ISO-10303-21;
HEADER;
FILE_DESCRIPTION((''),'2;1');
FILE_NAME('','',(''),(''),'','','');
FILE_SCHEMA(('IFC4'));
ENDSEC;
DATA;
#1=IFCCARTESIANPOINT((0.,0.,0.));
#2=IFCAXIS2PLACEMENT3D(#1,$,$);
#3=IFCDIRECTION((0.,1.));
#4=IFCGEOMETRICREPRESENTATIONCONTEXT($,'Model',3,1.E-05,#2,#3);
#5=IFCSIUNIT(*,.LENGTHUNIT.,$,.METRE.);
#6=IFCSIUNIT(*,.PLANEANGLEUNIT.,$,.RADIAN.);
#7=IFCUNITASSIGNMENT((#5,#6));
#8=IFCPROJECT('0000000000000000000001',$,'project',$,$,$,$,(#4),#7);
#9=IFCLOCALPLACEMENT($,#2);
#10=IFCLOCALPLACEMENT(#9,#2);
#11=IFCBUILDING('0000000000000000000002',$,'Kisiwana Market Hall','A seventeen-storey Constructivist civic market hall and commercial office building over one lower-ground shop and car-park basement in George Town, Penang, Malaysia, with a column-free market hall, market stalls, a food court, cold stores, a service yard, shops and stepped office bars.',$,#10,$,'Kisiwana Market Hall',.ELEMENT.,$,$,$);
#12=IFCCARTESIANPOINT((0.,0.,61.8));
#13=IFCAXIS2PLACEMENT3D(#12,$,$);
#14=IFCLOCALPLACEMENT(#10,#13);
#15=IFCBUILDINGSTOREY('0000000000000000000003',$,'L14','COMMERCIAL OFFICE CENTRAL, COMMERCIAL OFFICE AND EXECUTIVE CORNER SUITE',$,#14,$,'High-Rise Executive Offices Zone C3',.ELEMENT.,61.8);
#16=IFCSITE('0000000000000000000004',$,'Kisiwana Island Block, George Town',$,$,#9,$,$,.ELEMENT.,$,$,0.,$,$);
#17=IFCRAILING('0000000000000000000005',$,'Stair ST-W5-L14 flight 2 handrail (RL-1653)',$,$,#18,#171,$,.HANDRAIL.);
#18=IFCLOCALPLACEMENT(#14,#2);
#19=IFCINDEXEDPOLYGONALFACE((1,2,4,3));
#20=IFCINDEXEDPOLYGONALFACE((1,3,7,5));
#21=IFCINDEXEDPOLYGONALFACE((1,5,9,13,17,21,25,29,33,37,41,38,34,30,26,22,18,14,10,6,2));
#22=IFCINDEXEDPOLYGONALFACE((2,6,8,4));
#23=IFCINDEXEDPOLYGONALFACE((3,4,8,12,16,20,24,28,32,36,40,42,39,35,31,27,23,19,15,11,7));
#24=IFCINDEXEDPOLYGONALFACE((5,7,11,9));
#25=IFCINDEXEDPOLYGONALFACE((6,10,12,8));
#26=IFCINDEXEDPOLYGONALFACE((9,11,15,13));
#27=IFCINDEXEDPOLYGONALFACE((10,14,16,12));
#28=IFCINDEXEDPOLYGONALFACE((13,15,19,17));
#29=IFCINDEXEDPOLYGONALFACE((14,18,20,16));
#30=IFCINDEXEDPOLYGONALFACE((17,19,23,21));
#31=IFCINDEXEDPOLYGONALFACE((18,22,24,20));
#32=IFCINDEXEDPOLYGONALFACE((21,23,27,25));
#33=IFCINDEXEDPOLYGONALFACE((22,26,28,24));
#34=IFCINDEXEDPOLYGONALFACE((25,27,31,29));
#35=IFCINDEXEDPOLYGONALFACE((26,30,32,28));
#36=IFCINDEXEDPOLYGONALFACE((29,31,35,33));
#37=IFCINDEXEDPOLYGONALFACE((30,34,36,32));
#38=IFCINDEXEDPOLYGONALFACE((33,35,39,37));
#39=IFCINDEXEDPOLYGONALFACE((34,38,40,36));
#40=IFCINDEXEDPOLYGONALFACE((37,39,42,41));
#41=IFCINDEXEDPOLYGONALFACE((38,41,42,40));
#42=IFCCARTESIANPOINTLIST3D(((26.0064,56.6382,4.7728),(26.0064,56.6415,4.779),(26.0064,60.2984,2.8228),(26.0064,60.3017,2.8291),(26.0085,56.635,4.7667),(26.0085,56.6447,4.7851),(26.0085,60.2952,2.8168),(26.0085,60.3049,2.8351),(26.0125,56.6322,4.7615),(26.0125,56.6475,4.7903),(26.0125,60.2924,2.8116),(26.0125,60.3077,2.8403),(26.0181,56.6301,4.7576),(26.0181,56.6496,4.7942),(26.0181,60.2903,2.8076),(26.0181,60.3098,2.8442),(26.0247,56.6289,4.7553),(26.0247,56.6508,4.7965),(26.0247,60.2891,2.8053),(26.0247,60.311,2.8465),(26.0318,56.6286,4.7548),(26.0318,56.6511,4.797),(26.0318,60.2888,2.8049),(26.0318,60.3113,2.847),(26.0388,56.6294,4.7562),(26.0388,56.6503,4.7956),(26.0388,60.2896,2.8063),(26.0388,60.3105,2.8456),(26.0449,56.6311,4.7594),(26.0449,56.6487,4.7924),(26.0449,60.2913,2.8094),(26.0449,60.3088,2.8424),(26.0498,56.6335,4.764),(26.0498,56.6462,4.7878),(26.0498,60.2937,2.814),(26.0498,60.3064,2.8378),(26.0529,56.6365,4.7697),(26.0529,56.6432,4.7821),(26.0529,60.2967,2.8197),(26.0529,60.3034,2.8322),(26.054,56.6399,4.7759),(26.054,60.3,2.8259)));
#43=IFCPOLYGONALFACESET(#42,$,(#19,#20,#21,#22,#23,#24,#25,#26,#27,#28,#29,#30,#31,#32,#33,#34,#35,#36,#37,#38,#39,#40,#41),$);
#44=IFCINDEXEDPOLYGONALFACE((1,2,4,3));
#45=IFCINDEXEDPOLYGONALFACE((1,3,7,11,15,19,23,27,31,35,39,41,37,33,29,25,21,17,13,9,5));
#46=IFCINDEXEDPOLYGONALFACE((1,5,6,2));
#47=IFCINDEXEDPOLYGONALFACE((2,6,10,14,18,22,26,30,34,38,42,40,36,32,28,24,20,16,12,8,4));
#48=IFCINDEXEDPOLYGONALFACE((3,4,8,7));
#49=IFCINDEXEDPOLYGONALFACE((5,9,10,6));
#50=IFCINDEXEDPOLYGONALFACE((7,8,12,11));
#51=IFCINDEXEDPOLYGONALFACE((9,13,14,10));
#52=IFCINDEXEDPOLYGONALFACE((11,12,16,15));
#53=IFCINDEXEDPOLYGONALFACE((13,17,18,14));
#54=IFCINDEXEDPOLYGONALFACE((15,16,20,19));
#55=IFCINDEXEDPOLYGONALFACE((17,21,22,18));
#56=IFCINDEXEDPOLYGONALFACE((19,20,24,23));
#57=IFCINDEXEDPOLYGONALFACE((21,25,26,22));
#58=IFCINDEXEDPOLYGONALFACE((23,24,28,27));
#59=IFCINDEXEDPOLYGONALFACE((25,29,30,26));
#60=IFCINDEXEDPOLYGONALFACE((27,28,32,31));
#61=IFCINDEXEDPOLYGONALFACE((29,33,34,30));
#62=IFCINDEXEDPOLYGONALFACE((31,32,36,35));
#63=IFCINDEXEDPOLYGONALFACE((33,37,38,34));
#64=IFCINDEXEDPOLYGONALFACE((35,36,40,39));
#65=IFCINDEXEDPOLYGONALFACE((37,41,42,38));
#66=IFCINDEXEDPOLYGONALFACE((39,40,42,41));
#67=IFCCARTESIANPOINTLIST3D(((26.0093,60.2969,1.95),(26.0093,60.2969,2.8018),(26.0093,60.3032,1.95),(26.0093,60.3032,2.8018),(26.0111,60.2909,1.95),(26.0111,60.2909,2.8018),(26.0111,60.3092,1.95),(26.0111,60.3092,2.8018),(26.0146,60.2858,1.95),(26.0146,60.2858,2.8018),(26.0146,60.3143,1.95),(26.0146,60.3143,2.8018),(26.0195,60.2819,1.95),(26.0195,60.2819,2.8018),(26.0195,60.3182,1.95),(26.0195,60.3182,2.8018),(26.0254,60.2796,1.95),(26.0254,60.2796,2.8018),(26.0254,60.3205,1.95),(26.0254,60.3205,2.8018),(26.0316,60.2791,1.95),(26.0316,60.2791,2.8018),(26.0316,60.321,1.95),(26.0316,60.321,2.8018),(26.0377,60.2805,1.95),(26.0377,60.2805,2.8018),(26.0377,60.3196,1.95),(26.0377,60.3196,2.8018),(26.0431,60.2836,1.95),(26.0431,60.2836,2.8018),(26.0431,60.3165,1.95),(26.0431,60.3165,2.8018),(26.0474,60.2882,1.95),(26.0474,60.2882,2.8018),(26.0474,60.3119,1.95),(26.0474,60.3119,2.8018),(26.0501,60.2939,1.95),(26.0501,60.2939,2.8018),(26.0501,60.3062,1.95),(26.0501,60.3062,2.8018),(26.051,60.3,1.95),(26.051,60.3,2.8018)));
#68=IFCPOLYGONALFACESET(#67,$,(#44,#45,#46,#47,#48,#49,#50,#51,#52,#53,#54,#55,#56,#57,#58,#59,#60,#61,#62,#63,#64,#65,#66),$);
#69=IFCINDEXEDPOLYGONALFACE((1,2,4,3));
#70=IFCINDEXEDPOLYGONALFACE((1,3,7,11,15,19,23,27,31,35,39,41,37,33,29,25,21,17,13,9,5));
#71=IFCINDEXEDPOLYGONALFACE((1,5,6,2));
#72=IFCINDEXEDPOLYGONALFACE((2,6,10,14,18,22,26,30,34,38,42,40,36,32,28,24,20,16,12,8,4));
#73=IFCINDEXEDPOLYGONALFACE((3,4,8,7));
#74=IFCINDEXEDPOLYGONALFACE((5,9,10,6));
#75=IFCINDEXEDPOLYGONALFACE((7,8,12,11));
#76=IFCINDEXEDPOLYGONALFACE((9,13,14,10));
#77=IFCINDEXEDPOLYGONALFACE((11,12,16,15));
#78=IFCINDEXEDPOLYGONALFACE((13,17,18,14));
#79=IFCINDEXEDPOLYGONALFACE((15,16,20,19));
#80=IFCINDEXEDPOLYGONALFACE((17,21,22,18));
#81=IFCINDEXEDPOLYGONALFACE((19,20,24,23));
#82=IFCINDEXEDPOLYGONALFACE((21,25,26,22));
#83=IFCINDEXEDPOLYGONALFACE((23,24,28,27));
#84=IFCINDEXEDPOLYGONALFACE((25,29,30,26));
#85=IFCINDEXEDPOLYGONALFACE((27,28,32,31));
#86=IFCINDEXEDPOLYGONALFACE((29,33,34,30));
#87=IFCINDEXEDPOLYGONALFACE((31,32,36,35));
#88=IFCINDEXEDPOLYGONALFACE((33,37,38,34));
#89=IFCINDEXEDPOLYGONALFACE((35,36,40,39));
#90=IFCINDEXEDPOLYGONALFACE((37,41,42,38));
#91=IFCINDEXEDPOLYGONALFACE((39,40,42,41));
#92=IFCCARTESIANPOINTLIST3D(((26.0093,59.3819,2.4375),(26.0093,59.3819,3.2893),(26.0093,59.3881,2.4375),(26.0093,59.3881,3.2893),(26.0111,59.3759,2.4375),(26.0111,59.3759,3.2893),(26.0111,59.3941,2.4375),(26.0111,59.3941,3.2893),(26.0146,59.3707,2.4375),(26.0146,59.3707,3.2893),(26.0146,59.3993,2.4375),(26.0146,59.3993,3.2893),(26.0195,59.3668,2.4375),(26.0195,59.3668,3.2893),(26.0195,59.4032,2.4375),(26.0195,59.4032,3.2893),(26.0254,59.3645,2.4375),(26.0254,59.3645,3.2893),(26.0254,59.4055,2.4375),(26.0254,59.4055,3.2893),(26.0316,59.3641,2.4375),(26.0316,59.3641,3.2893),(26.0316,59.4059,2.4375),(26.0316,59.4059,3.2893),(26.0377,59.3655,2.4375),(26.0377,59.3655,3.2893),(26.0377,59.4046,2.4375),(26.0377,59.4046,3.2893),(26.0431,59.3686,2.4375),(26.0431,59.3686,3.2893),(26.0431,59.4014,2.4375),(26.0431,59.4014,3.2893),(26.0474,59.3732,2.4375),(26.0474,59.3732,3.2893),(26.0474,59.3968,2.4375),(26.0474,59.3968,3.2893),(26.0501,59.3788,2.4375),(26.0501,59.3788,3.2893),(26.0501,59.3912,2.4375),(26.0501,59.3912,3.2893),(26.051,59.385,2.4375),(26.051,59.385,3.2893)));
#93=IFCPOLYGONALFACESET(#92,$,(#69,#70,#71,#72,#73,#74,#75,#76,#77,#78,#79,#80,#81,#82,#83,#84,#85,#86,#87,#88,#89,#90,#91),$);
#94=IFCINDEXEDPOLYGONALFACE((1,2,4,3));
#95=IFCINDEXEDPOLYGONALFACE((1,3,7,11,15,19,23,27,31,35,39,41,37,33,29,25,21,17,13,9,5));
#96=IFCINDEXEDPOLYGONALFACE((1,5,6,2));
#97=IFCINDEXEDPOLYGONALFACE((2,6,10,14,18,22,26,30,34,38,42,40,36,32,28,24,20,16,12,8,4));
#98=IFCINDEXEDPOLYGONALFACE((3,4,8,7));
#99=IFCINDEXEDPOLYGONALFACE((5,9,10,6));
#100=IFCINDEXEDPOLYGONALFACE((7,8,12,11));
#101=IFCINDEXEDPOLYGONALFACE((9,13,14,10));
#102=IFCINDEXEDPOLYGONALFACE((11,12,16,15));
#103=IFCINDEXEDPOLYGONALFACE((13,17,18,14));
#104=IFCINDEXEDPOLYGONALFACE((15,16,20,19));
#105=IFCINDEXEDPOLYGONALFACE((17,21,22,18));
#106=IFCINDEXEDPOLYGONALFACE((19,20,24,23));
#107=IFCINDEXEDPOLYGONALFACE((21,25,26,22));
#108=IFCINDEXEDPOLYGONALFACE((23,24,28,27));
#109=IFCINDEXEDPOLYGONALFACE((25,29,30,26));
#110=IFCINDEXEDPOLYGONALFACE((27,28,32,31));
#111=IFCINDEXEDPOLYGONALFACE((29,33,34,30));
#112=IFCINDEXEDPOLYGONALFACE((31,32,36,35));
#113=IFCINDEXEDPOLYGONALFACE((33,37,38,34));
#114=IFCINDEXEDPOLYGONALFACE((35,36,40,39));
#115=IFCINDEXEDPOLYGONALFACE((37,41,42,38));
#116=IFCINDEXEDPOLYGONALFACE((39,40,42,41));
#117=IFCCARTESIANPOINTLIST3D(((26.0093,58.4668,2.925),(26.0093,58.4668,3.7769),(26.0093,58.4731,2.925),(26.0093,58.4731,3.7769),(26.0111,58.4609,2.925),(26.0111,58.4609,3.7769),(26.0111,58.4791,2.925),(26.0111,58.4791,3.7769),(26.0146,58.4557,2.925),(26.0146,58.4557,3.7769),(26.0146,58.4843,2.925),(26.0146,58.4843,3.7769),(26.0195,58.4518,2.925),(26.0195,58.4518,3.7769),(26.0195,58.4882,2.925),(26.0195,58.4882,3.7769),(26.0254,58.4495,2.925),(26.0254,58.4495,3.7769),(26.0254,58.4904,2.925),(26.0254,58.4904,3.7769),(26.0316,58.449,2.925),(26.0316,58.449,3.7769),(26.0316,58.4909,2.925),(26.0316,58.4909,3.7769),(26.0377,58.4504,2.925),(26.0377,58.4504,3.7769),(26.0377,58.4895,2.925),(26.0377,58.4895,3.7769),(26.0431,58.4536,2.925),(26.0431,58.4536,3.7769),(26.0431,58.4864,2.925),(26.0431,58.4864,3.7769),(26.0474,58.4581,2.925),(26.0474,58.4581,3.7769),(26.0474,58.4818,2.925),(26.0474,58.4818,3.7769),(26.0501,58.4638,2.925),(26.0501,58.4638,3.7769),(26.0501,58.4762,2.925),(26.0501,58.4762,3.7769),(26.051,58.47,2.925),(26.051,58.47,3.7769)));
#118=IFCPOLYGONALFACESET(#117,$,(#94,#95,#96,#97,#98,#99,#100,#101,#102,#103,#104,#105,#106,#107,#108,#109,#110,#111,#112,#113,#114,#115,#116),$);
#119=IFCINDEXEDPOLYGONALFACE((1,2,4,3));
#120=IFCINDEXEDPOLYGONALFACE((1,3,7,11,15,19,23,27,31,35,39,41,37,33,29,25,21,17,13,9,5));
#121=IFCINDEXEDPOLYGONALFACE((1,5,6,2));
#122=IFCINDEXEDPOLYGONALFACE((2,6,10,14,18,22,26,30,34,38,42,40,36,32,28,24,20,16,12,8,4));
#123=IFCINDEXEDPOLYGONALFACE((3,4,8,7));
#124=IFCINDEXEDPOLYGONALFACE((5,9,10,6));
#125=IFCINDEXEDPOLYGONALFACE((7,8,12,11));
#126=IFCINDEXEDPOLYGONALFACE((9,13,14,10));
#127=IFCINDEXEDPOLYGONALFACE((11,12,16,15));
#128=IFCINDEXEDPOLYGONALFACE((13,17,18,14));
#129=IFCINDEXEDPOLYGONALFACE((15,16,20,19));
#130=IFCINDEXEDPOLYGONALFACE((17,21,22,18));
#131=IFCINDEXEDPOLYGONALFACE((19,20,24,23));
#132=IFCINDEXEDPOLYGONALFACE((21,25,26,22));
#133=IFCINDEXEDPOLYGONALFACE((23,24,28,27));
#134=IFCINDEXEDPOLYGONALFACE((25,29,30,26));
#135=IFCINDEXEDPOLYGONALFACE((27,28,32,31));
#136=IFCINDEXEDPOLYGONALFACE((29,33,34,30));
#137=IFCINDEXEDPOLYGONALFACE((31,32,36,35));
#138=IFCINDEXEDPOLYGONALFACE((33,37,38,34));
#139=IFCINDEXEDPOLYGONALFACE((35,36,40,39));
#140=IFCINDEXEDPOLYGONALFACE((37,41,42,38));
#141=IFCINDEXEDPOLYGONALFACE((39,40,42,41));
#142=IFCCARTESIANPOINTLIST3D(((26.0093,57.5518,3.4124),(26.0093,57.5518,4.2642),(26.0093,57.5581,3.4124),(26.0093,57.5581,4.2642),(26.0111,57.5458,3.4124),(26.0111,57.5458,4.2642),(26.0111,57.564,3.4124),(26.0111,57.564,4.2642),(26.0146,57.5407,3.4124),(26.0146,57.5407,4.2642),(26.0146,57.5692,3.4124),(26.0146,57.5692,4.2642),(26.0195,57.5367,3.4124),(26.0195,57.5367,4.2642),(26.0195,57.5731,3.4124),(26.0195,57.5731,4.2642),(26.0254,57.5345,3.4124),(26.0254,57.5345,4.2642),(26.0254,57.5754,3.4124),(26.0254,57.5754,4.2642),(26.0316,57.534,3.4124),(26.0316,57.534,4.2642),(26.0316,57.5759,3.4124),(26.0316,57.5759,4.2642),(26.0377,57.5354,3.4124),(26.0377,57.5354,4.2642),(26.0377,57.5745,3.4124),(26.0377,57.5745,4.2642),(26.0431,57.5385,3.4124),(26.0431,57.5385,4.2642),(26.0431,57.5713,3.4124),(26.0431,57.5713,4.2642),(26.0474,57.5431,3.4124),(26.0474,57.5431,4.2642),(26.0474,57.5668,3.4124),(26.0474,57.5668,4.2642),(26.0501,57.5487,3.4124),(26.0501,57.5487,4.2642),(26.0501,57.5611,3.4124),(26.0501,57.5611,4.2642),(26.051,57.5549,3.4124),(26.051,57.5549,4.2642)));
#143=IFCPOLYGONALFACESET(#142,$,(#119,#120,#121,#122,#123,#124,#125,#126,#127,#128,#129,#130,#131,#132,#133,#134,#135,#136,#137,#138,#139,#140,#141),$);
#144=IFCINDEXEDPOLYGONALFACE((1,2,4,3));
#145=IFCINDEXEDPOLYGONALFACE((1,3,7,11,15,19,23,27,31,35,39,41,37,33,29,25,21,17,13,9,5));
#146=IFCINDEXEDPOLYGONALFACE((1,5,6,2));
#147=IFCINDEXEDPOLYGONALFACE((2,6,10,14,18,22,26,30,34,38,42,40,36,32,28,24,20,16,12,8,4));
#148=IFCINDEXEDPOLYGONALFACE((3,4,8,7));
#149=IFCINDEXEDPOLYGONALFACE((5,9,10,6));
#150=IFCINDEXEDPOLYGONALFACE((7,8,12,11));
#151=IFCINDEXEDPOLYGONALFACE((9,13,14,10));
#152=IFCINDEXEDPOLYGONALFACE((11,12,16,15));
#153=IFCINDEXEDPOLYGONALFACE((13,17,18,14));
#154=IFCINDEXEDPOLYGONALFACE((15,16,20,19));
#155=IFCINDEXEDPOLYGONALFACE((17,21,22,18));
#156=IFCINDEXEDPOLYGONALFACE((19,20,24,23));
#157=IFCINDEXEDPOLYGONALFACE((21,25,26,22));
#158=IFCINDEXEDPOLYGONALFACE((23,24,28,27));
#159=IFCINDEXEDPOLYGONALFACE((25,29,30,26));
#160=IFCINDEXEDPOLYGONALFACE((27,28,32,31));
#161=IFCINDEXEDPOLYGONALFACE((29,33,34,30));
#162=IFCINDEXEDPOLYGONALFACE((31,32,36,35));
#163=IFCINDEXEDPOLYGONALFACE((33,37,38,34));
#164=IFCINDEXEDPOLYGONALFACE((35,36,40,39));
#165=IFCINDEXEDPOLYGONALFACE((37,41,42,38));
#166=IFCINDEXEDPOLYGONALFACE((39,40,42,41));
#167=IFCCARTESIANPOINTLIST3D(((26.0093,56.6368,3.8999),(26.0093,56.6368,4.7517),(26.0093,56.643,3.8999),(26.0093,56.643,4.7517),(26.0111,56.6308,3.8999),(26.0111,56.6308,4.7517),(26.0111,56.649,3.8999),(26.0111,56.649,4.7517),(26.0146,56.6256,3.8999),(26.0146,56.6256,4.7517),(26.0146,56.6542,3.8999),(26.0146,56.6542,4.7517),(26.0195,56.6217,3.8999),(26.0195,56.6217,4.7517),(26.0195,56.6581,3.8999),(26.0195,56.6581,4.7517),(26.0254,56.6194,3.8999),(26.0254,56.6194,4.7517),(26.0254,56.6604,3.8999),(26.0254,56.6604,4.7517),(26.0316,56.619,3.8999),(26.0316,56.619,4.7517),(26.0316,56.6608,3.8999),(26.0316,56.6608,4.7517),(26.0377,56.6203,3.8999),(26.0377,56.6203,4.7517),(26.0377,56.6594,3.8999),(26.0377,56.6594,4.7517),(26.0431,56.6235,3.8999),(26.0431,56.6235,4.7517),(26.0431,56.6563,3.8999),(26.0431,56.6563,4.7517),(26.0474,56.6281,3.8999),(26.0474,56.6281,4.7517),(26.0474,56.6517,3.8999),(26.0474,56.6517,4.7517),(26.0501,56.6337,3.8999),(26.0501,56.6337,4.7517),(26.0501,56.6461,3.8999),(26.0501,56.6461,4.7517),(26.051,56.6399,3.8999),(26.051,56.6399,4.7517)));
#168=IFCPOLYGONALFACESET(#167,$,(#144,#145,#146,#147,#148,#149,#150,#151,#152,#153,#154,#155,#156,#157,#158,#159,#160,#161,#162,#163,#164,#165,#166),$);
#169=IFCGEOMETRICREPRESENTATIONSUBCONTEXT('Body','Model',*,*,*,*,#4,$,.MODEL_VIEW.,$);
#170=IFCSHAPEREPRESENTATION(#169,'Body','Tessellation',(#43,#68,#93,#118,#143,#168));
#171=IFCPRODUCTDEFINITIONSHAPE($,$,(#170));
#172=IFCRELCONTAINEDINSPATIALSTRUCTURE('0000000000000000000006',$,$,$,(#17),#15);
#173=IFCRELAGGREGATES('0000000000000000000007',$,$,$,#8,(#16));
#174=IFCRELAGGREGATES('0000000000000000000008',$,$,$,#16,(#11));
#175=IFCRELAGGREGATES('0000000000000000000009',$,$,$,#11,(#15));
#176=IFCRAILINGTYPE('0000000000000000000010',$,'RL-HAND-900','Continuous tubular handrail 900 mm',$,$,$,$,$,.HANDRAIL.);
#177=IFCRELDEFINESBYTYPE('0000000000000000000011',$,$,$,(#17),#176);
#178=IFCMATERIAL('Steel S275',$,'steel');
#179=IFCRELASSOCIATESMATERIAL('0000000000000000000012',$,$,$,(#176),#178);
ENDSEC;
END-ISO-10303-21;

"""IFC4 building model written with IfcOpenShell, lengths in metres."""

from ifc_helpers import new_model, si_unit, direction, frame, origin, origin_2d, place, context, subcontext, project, spatial, circle, extrude, material, type_object, element, save


model = new_model("IFC4")

# Units and contexts
model_context = context("Model", 3, precision=1e-05, world=origin(), true_north=direction((0.0, 1.0)))
body_context = subcontext(model_context, "Body", "Model", "MODEL_VIEW")
ifc_project = project(units=[si_unit("LENGTHUNIT", "METRE"), si_unit("PLANEANGLEUNIT", "RADIAN")], contexts=[model_context])

# Site, building, storey
site_placement = place(None, origin())
site = spatial("IfcSite", under=ifc_project, at=site_placement, Name="Kisiwana Island Block, George Town", CompositionType="ELEMENT", RefElevation=0.0)
building_placement = place(site_placement, origin())
building = spatial("IfcBuilding", under=site, at=building_placement, Name="Kisiwana Market Hall", Description="A seventeen-storey Constructivist civic market hall and commercial office building over one lower-ground shop and car-park basement in George Town, Penang, Malaysia, with a column-free market hall, market stalls, a food court, cold stores, a service yard, shops and stepped office bars.", LongName="Kisiwana Market Hall", CompositionType="ELEMENT")
storey_placement = place(building_placement, frame((0.0, 0.0, 61.8)))
storey = spatial("IfcBuildingStorey", under=building, at=storey_placement, Name="L14", Description="COMMERCIAL OFFICE CENTRAL, COMMERCIAL OFFICE AND EXECUTIVE CORNER SUITE", LongName="High-Rise Executive Offices Zone C3", CompositionType="ELEMENT", Elevation=61.8)

# Railing
ifc_material_1 = material(Name="Steel S275", Category="steel")
railing_type_1 = type_object("IfcRailingType", Name="RL-HAND-900", Description="Continuous tubular handrail 900 mm", PredefinedType="HANDRAIL", material=ifc_material_1)
railing_1_placement = place(storey_placement, frame((26.03, 60.3, 1.95)))
element("IfcRailing", 1, at=railing_1_placement, inside=storey, type_object=railing_type_1, Name="Stair ST-W5-L14 flight 2 handrail (RL-1653)", PredefinedType="HANDRAIL", context=body_context, shape_type="SweptSolid", body=[
    extrude(circle(Radius=0.0239, at=origin_2d()), frame((0.0, 0.0, 0.876), z_axis=(0.0, -0.882566, 0.470188), x_axis=(1.0, 0.0, 0.0)), (0.0, 0.0, 1.0), 4.1472),
    extrude(circle(Radius=0.021, at=origin_2d()), origin(), (0.0, 0.0, 1.0), 0.8518),
    extrude(circle(Radius=0.021, at=origin_2d()), frame((0.0, -0.915, 0.4875)), (0.0, 0.0, 1.0), 0.8518),
    extrude(circle(Radius=0.021, at=origin_2d()), frame((0.0, -1.8301, 0.9751)), (0.0, 0.0, 1.0), 0.8518),
    extrude(circle(Radius=0.021, at=origin_2d()), frame((0.0, -2.7451, 1.4624)), (0.0, 0.0, 1.0), 0.8518),
    extrude(circle(Radius=0.021, at=origin_2d()), frame((0.0, -3.6602, 1.95)), (0.0, 0.0, 1.0), 0.8518),
])

save(model, "model.ifc")
